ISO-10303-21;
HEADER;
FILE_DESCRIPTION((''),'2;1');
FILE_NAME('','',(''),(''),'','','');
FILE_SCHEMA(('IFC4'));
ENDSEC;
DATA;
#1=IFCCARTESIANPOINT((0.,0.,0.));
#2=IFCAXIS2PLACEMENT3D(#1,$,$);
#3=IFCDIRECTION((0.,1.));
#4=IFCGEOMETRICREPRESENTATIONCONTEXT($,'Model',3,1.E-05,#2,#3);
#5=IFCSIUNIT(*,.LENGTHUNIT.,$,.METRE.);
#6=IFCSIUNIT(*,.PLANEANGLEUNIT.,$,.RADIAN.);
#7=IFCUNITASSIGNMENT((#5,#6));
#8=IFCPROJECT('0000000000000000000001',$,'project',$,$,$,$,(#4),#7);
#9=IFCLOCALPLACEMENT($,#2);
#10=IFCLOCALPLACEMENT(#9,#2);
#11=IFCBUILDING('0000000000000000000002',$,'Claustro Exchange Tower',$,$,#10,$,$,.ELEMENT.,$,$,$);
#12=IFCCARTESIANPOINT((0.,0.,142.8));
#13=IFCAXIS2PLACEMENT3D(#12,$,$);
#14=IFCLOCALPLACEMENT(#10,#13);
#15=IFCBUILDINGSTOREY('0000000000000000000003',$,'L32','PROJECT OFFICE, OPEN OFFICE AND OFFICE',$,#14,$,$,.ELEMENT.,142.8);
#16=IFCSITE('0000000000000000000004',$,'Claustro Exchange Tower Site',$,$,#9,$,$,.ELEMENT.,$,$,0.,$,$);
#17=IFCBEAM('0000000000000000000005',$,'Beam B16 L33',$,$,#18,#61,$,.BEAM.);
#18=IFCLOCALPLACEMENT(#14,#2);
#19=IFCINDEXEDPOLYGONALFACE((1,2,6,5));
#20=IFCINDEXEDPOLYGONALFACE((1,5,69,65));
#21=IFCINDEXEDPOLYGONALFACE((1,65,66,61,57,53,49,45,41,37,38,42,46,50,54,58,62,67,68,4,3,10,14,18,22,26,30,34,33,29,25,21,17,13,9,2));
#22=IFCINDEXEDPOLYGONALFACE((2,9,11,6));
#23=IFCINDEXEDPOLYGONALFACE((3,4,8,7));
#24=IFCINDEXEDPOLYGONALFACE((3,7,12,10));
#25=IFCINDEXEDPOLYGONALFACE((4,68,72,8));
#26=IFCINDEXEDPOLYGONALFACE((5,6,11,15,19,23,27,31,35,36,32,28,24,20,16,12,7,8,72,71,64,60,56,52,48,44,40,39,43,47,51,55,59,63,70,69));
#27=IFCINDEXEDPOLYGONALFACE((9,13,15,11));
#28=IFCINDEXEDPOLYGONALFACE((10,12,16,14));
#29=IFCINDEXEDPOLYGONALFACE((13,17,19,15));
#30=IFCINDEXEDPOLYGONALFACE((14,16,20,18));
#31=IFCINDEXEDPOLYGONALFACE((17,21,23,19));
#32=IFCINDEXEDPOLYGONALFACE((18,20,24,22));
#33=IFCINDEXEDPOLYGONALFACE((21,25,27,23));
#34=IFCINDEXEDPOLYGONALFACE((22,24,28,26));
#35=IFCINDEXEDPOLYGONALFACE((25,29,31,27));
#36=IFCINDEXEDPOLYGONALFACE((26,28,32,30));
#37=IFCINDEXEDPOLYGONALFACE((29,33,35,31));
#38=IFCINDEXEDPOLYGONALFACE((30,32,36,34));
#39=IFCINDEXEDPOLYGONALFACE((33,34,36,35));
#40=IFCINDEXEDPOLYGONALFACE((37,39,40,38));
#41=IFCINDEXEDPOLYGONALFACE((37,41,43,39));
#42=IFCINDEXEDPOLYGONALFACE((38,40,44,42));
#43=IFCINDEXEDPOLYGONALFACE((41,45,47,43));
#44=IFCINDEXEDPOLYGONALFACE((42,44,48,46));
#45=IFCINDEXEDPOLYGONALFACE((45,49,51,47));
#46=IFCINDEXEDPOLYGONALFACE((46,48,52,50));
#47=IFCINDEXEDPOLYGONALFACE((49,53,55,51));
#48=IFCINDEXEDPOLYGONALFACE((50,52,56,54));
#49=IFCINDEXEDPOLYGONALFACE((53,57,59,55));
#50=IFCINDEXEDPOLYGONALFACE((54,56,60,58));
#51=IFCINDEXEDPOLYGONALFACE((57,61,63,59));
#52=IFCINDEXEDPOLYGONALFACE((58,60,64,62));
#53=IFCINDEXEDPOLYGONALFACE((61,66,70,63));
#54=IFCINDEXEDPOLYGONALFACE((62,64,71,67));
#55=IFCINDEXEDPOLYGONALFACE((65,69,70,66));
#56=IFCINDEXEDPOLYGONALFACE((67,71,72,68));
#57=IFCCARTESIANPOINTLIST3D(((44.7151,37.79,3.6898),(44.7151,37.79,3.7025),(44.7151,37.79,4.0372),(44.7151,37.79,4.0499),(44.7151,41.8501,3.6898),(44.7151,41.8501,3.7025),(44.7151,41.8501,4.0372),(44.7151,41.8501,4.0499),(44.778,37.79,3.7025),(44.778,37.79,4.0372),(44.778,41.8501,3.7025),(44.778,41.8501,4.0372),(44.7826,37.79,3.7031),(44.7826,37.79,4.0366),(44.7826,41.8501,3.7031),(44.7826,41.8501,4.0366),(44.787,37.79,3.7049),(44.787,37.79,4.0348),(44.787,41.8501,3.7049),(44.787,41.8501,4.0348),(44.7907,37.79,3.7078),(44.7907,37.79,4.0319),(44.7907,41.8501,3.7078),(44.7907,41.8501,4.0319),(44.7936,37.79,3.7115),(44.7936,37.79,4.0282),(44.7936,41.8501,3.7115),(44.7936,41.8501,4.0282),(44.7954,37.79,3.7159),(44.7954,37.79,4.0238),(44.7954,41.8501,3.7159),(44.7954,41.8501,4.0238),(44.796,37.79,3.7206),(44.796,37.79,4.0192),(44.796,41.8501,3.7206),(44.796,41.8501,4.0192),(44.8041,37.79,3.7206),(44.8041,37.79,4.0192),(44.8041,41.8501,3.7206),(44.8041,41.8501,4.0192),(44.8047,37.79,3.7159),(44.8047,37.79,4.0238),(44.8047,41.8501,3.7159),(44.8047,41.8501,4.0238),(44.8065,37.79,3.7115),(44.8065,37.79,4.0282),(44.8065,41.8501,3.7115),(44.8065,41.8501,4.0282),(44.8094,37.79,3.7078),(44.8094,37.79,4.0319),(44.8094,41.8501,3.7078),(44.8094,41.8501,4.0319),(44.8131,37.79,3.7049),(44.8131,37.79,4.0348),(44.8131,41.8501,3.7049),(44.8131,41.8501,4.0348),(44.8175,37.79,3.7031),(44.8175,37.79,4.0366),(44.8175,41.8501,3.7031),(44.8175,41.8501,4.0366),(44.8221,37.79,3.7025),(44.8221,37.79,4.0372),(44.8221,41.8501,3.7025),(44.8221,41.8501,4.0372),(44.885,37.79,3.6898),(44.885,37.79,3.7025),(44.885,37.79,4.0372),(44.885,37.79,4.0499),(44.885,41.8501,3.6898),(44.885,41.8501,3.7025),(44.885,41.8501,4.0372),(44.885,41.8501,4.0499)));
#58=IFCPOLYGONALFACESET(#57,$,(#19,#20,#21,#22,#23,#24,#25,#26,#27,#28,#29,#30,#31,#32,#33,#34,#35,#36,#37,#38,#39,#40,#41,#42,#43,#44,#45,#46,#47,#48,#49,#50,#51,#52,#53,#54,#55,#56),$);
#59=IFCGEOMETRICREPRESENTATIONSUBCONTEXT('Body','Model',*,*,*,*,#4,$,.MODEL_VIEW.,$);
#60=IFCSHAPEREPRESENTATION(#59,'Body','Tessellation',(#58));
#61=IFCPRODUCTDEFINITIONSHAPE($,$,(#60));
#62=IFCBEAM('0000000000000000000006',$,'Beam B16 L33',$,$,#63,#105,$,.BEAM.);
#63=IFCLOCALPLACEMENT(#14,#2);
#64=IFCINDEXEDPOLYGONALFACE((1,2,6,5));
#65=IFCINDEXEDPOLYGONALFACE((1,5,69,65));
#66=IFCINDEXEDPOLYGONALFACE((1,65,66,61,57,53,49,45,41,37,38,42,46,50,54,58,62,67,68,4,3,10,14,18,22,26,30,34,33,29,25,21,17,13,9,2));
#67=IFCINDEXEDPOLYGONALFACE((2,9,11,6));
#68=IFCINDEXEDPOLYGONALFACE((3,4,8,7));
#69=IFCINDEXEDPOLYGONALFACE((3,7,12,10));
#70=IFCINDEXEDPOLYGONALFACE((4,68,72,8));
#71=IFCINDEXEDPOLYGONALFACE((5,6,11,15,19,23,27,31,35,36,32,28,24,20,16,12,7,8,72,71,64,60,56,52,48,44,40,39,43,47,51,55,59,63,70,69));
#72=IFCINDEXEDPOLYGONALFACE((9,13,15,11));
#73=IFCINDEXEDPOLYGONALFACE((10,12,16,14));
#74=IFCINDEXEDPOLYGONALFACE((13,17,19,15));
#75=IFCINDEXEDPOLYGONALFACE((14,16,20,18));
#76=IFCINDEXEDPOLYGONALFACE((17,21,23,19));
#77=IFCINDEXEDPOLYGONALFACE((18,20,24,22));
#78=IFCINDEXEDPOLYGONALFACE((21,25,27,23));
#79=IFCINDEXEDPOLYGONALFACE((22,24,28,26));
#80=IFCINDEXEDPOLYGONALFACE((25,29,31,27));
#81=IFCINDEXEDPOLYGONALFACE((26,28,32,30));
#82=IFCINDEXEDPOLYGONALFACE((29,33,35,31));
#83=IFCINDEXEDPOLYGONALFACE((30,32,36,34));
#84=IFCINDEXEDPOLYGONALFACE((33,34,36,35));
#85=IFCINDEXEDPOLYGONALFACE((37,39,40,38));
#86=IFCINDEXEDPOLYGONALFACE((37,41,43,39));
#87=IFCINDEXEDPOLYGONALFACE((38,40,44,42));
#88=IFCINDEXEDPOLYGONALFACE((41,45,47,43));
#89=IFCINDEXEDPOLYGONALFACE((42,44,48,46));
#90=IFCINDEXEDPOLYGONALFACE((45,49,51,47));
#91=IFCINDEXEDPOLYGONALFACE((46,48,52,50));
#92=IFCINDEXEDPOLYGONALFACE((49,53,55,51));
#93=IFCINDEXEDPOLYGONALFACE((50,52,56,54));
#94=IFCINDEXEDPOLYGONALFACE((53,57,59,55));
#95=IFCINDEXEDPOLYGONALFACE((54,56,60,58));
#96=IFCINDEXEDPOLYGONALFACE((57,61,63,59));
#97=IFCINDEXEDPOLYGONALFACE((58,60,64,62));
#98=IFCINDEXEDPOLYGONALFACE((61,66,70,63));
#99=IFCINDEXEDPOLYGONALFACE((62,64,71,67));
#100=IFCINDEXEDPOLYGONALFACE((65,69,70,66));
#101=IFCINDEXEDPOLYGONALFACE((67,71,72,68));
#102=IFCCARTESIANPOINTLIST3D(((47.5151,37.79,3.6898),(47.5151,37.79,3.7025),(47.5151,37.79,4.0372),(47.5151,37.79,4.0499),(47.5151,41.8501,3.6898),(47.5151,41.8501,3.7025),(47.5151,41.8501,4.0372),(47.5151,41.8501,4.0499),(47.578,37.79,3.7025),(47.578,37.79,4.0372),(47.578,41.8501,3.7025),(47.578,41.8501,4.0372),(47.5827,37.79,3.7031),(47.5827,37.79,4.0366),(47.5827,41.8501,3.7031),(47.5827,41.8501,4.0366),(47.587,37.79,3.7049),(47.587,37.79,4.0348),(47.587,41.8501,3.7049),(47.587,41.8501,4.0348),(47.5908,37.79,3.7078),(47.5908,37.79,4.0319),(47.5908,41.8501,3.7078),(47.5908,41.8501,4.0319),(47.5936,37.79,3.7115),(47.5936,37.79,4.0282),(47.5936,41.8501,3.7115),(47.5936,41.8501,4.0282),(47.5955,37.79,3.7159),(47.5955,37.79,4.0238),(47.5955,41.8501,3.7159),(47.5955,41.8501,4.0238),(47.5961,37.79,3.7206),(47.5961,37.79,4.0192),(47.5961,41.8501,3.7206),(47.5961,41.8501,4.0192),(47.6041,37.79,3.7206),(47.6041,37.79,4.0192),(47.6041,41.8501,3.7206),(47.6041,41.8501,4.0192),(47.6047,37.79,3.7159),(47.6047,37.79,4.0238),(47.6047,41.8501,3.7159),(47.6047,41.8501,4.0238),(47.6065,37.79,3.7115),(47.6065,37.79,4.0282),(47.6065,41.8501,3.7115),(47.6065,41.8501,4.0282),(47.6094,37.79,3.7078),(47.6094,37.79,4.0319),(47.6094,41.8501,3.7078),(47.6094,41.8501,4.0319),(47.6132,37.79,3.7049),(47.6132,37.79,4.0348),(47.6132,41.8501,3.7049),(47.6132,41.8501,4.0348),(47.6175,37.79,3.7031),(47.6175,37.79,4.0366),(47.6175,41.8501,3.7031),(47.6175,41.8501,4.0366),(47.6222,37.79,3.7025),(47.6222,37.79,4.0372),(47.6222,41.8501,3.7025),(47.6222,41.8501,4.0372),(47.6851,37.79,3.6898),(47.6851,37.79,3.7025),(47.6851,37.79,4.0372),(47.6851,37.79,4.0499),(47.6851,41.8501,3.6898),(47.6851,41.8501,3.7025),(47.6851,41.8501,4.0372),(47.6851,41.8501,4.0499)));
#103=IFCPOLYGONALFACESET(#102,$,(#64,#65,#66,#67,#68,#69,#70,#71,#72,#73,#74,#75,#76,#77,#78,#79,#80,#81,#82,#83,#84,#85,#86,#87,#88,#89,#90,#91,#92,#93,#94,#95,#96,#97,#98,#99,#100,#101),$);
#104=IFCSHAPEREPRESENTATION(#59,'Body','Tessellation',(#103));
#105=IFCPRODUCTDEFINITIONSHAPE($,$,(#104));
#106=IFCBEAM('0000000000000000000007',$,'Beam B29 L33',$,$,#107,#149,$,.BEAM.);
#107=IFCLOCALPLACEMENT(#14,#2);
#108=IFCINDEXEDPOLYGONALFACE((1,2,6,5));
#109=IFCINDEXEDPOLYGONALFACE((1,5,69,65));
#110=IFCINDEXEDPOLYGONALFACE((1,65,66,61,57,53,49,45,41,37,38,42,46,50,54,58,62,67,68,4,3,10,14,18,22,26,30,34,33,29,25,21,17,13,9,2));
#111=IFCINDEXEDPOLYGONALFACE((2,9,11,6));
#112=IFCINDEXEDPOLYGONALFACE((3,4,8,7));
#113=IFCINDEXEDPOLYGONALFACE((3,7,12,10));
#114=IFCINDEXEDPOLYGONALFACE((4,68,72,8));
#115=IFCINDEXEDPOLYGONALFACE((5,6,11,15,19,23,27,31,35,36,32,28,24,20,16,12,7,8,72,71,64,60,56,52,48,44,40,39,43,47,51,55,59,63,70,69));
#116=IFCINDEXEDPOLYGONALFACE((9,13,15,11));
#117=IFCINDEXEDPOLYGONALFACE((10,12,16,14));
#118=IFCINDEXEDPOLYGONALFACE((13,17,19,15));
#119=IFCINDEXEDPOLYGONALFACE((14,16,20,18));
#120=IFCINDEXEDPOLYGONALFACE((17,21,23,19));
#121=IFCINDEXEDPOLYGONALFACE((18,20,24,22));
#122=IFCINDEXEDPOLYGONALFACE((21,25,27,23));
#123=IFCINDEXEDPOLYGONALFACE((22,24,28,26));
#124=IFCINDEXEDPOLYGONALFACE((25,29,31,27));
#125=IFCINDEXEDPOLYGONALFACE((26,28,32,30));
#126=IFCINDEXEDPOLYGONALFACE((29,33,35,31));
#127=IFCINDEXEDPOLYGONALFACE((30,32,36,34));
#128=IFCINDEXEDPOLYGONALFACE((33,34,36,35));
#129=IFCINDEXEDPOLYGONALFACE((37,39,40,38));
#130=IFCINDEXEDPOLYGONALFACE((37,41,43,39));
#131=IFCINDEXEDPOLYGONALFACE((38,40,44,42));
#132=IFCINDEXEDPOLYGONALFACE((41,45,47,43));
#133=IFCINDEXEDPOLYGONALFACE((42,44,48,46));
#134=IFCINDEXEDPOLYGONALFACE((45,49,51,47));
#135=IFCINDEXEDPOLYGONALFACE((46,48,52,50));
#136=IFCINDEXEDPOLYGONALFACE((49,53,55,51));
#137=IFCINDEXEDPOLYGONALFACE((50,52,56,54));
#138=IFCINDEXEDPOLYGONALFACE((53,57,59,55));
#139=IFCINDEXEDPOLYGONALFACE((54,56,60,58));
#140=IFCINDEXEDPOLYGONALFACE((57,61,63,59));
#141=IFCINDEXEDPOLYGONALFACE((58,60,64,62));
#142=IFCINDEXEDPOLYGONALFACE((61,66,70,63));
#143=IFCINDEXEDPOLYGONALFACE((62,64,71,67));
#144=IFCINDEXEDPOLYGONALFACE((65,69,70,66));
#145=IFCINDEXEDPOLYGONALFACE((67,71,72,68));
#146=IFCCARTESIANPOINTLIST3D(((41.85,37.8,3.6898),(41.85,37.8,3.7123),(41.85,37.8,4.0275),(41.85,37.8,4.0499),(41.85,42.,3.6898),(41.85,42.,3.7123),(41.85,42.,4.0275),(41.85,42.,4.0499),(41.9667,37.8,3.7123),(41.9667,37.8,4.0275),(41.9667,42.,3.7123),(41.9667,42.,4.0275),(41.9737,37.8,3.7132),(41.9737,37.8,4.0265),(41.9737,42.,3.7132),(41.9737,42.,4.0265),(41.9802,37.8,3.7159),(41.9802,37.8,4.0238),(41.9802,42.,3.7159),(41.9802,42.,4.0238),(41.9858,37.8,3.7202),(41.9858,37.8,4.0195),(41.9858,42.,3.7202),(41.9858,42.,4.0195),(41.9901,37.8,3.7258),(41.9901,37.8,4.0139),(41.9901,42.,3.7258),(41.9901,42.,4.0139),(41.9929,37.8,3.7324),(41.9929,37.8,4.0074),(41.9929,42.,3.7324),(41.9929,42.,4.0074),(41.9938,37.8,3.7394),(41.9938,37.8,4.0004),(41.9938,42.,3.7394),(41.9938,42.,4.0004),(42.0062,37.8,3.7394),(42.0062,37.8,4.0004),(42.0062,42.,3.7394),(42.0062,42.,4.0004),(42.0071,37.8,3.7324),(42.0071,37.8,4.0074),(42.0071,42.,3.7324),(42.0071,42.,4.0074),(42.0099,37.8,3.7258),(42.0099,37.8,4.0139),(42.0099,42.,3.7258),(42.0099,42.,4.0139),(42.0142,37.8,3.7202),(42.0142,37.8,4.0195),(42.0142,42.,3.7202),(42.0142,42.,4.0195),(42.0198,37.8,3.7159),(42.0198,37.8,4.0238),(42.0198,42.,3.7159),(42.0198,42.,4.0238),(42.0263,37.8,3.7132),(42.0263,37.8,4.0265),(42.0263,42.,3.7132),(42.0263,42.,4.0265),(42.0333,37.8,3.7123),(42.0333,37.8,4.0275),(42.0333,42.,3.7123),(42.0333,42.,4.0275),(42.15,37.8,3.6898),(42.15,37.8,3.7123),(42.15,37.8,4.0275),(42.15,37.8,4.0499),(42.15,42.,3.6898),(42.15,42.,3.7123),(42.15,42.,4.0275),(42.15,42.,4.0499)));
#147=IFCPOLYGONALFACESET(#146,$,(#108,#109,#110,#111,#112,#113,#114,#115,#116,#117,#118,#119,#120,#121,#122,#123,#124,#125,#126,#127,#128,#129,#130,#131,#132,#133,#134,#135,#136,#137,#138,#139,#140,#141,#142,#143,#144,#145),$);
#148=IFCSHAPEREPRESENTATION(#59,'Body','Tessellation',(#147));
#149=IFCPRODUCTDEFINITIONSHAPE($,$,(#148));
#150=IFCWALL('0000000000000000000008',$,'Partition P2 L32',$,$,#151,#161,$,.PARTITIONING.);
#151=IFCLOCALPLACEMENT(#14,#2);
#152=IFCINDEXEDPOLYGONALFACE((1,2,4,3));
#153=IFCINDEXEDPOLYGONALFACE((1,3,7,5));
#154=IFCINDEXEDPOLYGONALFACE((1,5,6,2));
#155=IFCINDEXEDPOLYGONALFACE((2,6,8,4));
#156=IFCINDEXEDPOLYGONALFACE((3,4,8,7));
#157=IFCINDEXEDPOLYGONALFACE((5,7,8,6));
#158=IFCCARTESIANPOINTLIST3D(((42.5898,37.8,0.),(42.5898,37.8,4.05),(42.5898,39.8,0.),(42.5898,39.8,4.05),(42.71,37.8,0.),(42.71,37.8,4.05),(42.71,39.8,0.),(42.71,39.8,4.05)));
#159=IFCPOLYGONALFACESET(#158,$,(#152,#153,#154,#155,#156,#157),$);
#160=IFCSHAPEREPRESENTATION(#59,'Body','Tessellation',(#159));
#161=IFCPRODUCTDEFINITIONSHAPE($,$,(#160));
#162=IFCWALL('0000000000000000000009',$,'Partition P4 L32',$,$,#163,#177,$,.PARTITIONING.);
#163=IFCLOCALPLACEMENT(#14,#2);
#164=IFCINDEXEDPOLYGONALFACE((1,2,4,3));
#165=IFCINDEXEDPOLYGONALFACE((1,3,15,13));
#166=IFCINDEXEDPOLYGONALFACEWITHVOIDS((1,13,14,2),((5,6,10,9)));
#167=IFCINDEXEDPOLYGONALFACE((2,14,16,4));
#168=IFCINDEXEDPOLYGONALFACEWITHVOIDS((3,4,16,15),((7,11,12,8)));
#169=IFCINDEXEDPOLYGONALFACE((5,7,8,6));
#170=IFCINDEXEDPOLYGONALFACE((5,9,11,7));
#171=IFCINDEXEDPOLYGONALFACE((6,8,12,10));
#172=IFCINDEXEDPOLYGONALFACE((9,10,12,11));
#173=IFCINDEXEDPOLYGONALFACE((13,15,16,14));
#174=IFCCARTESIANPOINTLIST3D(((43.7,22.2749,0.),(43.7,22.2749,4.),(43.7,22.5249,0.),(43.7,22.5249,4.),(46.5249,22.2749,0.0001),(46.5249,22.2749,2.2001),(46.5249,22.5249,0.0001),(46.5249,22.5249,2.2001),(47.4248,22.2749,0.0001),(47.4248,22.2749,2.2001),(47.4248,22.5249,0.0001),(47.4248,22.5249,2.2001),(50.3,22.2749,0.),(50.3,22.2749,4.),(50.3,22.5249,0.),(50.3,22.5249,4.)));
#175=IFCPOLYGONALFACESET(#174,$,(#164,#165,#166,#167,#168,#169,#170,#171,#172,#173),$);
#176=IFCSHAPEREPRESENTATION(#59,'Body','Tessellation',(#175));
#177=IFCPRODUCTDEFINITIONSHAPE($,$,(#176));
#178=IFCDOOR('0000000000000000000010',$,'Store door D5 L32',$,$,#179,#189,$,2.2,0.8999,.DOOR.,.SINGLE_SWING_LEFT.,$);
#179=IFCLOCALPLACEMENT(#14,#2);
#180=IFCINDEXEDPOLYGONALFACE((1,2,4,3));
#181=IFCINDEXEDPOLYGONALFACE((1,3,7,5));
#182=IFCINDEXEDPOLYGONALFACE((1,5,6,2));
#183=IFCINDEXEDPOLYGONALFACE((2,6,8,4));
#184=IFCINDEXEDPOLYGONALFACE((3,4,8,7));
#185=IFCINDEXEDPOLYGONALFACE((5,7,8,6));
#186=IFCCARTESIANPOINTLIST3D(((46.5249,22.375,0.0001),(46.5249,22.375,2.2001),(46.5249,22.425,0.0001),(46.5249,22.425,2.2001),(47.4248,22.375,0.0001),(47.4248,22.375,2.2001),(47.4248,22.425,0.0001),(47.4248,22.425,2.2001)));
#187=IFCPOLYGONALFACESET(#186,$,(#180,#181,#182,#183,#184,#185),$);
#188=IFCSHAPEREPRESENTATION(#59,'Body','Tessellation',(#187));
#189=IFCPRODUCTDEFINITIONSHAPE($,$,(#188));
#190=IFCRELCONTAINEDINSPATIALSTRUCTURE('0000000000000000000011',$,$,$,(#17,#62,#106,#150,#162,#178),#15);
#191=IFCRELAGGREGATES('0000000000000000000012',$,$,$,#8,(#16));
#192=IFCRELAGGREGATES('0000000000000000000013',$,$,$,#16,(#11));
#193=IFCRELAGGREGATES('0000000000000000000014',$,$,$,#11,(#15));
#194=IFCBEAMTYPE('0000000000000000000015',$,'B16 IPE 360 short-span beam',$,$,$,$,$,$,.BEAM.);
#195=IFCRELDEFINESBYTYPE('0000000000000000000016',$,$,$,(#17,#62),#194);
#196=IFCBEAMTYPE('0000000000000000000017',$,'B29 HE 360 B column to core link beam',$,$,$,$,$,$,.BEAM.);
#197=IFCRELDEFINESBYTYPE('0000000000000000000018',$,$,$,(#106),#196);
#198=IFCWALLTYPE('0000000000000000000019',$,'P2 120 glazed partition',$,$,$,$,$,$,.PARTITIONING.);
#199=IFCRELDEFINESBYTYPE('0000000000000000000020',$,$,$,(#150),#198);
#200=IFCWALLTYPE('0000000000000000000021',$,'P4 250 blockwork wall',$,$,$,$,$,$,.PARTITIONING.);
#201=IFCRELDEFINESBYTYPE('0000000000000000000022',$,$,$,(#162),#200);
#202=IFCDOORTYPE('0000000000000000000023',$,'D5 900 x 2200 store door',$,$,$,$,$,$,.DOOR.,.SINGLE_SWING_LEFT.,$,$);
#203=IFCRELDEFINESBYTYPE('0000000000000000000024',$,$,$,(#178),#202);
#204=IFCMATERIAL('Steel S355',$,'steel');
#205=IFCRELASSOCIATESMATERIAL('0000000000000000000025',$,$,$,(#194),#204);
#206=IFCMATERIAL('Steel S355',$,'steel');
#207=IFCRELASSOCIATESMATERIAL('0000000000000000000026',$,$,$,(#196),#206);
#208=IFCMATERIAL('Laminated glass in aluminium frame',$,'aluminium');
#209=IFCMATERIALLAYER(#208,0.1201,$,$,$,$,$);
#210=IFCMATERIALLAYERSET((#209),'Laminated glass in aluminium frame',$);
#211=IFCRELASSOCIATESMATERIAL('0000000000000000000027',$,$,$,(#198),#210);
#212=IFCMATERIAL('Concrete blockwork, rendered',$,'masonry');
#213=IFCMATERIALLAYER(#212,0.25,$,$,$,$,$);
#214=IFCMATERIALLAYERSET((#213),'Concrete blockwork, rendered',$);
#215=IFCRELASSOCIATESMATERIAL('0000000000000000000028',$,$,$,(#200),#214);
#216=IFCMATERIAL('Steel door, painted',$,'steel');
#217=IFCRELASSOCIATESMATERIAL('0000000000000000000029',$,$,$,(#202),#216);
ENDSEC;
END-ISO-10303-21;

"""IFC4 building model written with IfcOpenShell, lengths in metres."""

from ifc_helpers import new_model, si_unit, direction, frame, frame_2d, origin, origin_2d, place, context, subcontext, project, spatial, rectangle, i_section, extrude, material, layer, layer_set, material_profile, profile_set, type_object, element, fill, save


model = new_model("IFC4")

# Units and contexts
model_context = context("Model", 3, precision=1e-05, world=origin(), true_north=direction((0.0, 1.0)))
body_context = subcontext(model_context, "Body", "Model", "MODEL_VIEW")
ifc_project = project(units=[si_unit("LENGTHUNIT", "METRE"), si_unit("PLANEANGLEUNIT", "RADIAN")], contexts=[model_context])

# Site, building, storey
site_placement = place(None, origin())
site = spatial("IfcSite", under=ifc_project, at=site_placement, Name="Claustro Exchange Tower Site", CompositionType="ELEMENT", RefElevation=0.0)
building_placement = place(site_placement, origin())
building = spatial("IfcBuilding", under=site, at=building_placement, Name="Claustro Exchange Tower", CompositionType="ELEMENT")
storey_placement = place(building_placement, frame((0.0, 0.0, 142.8)))
storey = spatial("IfcBuildingStorey", under=building, at=storey_placement, Name="L32", Description="PROJECT OFFICE, OPEN OFFICE AND OFFICE", CompositionType="ELEMENT", Elevation=142.8)

# Beams
ifc_material_1 = material(Name="Steel S355", Category="steel")
ifc_material_profile_1 = material_profile(ifc_material_1, i_section(OverallWidth=0.1699, OverallDepth=0.3601, WebThickness=0.0081, FlangeThickness=0.0127, FilletRadius=0.0181, at=origin_2d()), Name="IPE 360")
ifc_profile_set_1 = profile_set([ifc_material_profile_1], Name="Steel S355")
beam_type_1 = type_object("IfcBeamType", Name="B16 IPE 360 short-span beam", PredefinedType="BEAM", material=ifc_profile_set_1)
for number, where, z_axis, x_axis, name in (
    (1, (44.8, 37.79, 3.8699), (0.0, 1.0, 0.0), (-1.0, 0.0, 0.0), "Beam B16 L33"),
    (2, (47.6001, 37.79, 3.8699), (0.0, 1.0, 0.0), (-1.0, 0.0, 0.0), "Beam B16 L33"),
):
    element("IfcBeam", number, at=place(storey_placement, frame(where, z_axis=z_axis, x_axis=x_axis)), inside=storey, type_object=beam_type_1, Name=name, PredefinedType="BEAM", context=body_context, shape_type="SweptSolid", body=[
        extrude(i_section(OverallWidth=0.1699, OverallDepth=0.3601, WebThickness=0.0081, FlangeThickness=0.0127, FilletRadius=0.0181, at=origin_2d()), origin(), (0.0, 0.0, 1.0), 4.0601),
    ])
ifc_material_2 = material(Name="Steel S355", Category="steel")
ifc_material_profile_2 = material_profile(ifc_material_2, i_section(OverallWidth=0.3, OverallDepth=0.3601, WebThickness=0.0125, FlangeThickness=0.0225, FilletRadius=0.0271, at=origin_2d()), Name="HE 360 B")
ifc_profile_set_2 = profile_set([ifc_material_profile_2], Name="Steel S355")
beam_type_2 = type_object("IfcBeamType", Name="B29 HE 360 B column to core link beam", PredefinedType="BEAM", material=ifc_profile_set_2)
beam_placement = place(storey_placement, frame((42.0, 37.8, 3.8699), z_axis=(0.0, 1.0, 0.0), x_axis=(-1.0, 0.0, 0.0)))
element("IfcBeam", 3, at=beam_placement, inside=storey, type_object=beam_type_2, Name="Beam B29 L33", PredefinedType="BEAM", context=body_context, shape_type="SweptSolid", body=[
    extrude(i_section(OverallWidth=0.3, OverallDepth=0.3601, WebThickness=0.0125, FlangeThickness=0.0225, FilletRadius=0.0271, at=origin_2d()), origin(), (0.0, 0.0, 1.0), 4.2),
])

# Wall
ifc_material_3 = material(Name="Laminated glass in aluminium frame", Category="aluminium")
ifc_layer_1 = layer(ifc_material_3, 0.1201)
ifc_layer_set_1 = layer_set([ifc_layer_1], Name="Laminated glass in aluminium frame")
wall_type_1 = type_object("IfcWallType", Name="P2 120 glazed partition", PredefinedType="PARTITIONING", material=ifc_layer_set_1)
wall_1_placement = place(storey_placement, frame((42.6499, 37.8, 0.0), z_axis=(0.0, 0.0, 1.0), x_axis=(0.0, 1.0, 0.0)))
element("IfcWall", 4, at=wall_1_placement, inside=storey, type_object=wall_type_1, Name="Partition P2 L32", PredefinedType="PARTITIONING", context=body_context, shape_type="SweptSolid", body=[
    extrude(rectangle(XDim=2.0, YDim=0.1201, at=frame_2d((1.0, 0.0))), origin(), (0.0, 0.0, 1.0), 4.05),
])

# Wall, opening, door
ifc_material_4 = material(Name="Concrete blockwork, rendered", Category="masonry")
ifc_layer_2 = layer(ifc_material_4, 0.25)
ifc_layer_set_2 = layer_set([ifc_layer_2], Name="Concrete blockwork, rendered")
wall_type_2 = type_object("IfcWallType", Name="P4 250 blockwork wall", PredefinedType="PARTITIONING", material=ifc_layer_set_2)
wall_2_placement = place(storey_placement, frame((43.7, 22.3999, 0.0), z_axis=(0.0, 0.0, 1.0), x_axis=(1.0, 0.0, 0.0)))
wall_2 = element("IfcWall", 5, at=wall_2_placement, inside=storey, type_object=wall_type_2, Name="Partition P4 L32", PredefinedType="PARTITIONING", context=body_context, shape_type="SweptSolid", body=[
    extrude(rectangle(XDim=6.6001, YDim=0.25, at=frame_2d((3.3, 0.0))), origin(), (0.0, 0.0, 1.0), 4.0),
])
opening_placement = place(wall_2_placement, frame((2.825, 0.0, 0.0)))
opening = element("IfcOpeningElement", 6, at=opening_placement, cuts=wall_2, PredefinedType="OPENING", context=body_context, shape_type="SweptSolid", body=[
    extrude(rectangle(XDim=0.8999, YDim=2.2, at=frame_2d((0.45, 1.1001))), frame((0.0, 0.135, 0.0), z_axis=(0.0, -1.0, 0.0), x_axis=(1.0, 0.0, 0.0)), (0.0, 0.0, 1.0), 0.27),
])
ifc_material_5 = material(Name="Steel door, painted", Category="steel")
door_type = type_object("IfcDoorType", Name="D5 900 x 2200 store door", OperationType="SINGLE_SWING_LEFT", PredefinedType="DOOR", material=ifc_material_5)
door_placement = place(opening_placement, frame((0.8999, 0.0, 0.0), z_axis=(0.0, 0.0, 1.0), x_axis=(-1.0, 0.0, 0.0)))
door = element("IfcDoor", 7, at=door_placement, inside=storey, type_object=door_type, Name="Store door D5 L32", OperationType="SINGLE_SWING_LEFT", OverallHeight=2.2, OverallWidth=0.8999, PredefinedType="DOOR", context=body_context, shape_type="SweptSolid", body=[
    extrude(rectangle(XDim=0.8999, YDim=2.2, at=frame_2d((0.45, 1.1001))), frame((0.0, 0.0249, 0.0), z_axis=(0.0, -1.0, 0.0), x_axis=(1.0, 0.0, 0.0)), (0.0, 0.0, 1.0), 0.05),
])
fill(opening, door)

save(model, "model.ifc")
